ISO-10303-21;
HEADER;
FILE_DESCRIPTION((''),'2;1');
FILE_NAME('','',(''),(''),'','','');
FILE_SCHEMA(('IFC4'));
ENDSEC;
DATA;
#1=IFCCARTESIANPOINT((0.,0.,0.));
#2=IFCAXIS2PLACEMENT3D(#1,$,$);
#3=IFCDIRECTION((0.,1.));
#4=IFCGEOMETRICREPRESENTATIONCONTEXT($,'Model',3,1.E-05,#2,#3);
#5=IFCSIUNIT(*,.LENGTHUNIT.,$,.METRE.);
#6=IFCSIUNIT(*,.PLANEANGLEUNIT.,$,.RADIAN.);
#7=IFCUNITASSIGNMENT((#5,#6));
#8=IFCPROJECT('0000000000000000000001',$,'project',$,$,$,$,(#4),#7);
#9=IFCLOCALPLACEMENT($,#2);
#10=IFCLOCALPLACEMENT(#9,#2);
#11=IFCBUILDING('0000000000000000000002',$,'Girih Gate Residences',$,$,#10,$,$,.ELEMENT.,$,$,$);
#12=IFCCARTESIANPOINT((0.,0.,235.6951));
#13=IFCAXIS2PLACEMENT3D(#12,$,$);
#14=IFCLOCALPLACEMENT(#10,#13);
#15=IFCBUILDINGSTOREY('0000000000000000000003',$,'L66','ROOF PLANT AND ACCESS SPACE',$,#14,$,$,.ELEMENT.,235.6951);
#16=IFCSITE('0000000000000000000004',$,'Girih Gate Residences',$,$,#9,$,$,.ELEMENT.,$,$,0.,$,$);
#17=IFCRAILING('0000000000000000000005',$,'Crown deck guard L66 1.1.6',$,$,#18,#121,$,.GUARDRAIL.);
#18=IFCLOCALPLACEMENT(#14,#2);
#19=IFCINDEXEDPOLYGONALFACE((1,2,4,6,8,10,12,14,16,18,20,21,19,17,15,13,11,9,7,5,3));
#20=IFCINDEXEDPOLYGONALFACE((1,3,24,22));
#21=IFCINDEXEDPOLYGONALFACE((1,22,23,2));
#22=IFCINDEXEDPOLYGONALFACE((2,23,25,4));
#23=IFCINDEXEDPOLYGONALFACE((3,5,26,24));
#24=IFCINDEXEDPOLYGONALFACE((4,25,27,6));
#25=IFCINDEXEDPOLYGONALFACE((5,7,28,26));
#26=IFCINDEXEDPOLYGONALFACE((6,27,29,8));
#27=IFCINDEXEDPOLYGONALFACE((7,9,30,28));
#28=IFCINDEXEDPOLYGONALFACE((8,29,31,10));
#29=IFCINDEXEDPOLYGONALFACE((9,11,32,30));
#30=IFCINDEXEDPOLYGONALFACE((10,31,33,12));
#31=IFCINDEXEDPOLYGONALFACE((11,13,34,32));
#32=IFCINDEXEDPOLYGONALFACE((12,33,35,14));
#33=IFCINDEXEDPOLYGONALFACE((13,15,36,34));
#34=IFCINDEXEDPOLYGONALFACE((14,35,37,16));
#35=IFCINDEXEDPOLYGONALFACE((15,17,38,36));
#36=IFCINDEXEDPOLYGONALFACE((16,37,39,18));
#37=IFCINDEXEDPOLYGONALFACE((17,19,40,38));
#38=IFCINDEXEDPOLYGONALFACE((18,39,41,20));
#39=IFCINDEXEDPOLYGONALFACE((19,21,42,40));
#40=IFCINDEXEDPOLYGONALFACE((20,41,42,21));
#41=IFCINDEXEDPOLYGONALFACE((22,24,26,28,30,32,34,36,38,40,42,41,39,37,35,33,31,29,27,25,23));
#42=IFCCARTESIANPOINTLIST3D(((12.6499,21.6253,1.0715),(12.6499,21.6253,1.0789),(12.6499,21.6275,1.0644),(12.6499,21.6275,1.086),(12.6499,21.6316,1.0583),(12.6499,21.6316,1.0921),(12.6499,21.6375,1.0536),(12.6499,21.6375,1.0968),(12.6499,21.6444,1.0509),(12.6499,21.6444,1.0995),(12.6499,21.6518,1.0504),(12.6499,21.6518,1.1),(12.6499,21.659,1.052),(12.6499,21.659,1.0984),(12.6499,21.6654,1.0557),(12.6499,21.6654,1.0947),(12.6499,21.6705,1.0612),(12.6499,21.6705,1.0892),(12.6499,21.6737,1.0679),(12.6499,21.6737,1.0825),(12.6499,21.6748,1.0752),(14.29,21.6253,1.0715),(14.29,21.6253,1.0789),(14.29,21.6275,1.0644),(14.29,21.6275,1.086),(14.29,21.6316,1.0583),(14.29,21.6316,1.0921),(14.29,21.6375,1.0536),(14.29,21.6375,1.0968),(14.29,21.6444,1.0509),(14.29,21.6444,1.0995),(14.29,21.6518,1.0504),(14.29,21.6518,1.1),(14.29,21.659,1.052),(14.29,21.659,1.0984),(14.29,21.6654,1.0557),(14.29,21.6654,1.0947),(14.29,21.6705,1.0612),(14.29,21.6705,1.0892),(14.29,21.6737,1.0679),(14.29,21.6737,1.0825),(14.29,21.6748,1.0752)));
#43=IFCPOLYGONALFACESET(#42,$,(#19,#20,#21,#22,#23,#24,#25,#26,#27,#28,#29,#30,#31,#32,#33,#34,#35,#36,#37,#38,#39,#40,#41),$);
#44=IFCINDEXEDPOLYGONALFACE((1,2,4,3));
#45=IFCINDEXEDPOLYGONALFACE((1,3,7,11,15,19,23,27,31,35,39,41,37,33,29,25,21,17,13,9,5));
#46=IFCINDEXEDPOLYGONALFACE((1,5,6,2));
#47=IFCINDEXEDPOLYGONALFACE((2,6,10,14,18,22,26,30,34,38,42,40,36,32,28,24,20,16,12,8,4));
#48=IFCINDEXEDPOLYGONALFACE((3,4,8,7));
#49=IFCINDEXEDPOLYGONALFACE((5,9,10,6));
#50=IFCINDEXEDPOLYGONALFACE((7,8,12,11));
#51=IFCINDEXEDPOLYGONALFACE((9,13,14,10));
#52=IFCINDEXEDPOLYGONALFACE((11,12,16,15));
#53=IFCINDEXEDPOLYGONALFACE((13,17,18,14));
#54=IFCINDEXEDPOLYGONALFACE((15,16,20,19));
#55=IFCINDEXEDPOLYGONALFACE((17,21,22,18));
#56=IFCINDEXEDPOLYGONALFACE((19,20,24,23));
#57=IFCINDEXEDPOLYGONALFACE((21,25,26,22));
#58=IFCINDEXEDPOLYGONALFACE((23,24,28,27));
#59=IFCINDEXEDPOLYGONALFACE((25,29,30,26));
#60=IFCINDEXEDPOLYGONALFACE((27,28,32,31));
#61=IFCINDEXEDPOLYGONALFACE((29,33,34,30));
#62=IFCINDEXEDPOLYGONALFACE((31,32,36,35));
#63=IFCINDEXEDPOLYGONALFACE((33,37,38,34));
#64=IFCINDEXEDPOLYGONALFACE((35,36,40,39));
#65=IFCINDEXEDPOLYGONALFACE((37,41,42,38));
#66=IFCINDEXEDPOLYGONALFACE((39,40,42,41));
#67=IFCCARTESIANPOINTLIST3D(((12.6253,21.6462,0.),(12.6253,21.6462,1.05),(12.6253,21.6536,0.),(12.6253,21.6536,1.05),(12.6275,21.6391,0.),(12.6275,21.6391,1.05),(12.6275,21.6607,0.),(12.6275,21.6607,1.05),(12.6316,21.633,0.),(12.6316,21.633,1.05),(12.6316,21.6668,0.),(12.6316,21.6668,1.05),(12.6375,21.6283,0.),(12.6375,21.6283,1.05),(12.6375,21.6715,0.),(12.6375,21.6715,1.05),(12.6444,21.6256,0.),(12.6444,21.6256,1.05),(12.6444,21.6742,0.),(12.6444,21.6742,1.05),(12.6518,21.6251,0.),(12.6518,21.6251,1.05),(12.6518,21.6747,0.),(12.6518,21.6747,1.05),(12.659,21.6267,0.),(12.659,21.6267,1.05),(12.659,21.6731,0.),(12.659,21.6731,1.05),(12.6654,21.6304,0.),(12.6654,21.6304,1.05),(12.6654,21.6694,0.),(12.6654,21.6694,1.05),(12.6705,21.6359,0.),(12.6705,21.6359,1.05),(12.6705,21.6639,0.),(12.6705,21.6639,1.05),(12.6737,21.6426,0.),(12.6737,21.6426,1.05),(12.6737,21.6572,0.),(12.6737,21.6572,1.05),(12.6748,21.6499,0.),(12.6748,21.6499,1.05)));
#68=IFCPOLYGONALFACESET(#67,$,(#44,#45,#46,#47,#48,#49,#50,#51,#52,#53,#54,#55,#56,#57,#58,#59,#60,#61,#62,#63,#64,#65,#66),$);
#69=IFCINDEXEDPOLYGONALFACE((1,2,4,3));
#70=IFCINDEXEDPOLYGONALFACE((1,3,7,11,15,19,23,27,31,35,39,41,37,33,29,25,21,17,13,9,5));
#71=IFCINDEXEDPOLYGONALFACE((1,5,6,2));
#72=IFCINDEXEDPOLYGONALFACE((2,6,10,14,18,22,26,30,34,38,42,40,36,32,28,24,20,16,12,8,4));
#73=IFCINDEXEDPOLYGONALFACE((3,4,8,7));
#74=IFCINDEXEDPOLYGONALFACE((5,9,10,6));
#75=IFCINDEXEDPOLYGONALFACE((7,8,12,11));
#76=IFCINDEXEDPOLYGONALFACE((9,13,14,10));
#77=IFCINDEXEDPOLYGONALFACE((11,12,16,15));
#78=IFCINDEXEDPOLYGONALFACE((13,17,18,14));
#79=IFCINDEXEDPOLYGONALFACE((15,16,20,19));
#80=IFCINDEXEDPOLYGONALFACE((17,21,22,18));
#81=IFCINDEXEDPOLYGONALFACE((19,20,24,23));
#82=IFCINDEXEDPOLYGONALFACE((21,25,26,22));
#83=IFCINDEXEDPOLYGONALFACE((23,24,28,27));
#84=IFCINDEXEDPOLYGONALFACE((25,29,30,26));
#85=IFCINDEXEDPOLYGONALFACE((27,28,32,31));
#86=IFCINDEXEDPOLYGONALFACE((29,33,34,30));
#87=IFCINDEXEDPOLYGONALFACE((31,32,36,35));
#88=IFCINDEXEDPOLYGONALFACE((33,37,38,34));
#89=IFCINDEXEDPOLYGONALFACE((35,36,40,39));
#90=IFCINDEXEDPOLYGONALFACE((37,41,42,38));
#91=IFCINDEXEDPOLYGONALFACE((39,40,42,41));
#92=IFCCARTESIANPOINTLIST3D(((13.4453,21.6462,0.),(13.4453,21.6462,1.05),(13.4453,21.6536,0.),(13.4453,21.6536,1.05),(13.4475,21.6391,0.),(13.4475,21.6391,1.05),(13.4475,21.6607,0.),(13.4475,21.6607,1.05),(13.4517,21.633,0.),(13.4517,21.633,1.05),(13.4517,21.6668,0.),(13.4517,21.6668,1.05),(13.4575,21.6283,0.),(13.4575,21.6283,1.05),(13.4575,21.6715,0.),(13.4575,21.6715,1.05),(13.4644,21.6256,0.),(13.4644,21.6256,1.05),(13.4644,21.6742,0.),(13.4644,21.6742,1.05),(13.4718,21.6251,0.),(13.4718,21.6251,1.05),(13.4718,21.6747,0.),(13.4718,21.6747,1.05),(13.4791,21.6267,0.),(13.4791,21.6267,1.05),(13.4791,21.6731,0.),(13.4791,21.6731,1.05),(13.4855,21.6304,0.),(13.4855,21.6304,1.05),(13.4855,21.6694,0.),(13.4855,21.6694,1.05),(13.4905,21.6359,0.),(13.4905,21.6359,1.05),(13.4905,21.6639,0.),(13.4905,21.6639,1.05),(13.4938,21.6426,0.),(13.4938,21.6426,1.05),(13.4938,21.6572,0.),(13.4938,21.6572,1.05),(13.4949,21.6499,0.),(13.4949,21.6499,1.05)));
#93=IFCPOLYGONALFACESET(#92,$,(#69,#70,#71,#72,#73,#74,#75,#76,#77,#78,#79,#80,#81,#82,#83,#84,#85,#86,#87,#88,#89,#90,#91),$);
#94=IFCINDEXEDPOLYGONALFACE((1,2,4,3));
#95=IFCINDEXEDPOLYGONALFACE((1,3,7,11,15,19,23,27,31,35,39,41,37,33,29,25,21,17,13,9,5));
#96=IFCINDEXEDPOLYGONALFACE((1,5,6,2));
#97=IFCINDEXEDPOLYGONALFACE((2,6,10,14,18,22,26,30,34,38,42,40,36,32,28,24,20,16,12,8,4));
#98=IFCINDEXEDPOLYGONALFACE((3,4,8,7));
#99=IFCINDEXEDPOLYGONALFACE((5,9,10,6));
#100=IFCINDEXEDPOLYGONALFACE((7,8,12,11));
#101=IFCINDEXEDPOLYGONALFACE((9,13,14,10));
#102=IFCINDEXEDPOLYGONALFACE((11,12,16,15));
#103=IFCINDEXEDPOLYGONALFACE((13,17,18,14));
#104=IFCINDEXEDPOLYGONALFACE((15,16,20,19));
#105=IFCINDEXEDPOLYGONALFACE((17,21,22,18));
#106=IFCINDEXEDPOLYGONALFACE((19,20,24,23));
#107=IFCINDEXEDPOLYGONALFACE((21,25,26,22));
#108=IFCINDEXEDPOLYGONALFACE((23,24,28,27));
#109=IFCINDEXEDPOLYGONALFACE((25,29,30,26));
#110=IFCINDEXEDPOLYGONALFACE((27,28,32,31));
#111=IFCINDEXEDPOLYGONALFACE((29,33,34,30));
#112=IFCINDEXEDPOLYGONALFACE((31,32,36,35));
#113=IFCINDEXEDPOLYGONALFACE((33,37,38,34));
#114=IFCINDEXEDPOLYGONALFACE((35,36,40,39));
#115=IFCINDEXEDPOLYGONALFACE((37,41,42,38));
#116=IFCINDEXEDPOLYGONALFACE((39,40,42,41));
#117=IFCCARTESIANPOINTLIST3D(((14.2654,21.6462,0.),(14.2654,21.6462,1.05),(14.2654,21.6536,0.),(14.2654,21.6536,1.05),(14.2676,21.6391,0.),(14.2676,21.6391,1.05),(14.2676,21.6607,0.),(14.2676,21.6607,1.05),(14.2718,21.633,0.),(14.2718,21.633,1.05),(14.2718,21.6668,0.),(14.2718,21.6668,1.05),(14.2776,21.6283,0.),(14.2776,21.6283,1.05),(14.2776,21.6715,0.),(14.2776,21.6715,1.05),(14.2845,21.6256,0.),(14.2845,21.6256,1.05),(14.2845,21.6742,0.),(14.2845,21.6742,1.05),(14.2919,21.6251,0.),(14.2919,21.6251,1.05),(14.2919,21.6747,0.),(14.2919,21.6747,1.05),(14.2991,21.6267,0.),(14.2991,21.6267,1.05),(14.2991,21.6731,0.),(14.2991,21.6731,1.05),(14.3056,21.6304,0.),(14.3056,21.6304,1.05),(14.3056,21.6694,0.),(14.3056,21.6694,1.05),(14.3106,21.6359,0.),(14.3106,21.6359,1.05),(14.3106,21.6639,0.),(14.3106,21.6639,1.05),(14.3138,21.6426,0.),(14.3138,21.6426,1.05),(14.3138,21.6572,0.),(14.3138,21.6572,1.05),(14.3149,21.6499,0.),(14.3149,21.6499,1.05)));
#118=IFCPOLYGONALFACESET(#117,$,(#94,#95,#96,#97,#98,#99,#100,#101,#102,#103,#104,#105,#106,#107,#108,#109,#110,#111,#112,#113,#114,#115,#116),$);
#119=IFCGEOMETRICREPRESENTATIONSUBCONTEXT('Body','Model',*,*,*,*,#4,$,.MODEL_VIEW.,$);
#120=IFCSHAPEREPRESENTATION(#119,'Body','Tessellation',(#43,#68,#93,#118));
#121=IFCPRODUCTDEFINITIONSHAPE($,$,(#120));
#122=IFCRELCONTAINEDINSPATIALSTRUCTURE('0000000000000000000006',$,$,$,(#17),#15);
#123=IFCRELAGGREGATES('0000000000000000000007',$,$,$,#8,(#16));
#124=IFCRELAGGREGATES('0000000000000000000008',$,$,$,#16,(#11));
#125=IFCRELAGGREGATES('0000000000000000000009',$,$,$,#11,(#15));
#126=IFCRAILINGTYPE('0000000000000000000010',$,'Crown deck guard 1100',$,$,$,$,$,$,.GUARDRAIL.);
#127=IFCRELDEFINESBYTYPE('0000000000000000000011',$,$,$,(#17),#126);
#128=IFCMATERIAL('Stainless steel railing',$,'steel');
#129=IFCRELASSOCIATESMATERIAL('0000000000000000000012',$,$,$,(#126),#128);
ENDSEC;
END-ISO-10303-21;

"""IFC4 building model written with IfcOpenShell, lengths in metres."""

from ifc_helpers import new_model, si_unit, direction, frame, origin, origin_2d, place, context, subcontext, project, spatial, circle, extrude, material, type_object, element, save


model = new_model("IFC4")

# Units and contexts
model_context = context("Model", 3, precision=1e-05, world=origin(), true_north=direction((0.0, 1.0)))
body_context = subcontext(model_context, "Body", "Model", "MODEL_VIEW")
ifc_project = project(units=[si_unit("LENGTHUNIT", "METRE"), si_unit("PLANEANGLEUNIT", "RADIAN")], contexts=[model_context])

# Site, building, storey
site_placement = place(None, origin())
site = spatial("IfcSite", under=ifc_project, at=site_placement, Name="Girih Gate Residences", CompositionType="ELEMENT", RefElevation=0.0)
building_placement = place(site_placement, origin())
building = spatial("IfcBuilding", under=site, at=building_placement, Name="Girih Gate Residences", CompositionType="ELEMENT")
storey_placement = place(building_placement, frame((0.0, 0.0, 235.6951)))
storey = spatial("IfcBuildingStorey", under=building, at=storey_placement, Name="L66", Description="ROOF PLANT AND ACCESS SPACE", CompositionType="ELEMENT", Elevation=235.6951)

# Railing
ifc_material_1 = material(Name="Stainless steel railing", Category="steel")
railing_type = type_object("IfcRailingType", Name="Crown deck guard 1100", PredefinedType="GUARDRAIL", material=ifc_material_1)
railing_1_placement = place(storey_placement, frame((12.6499, 21.6499, 0.0)))
element("IfcRailing", 1, at=railing_1_placement, inside=storey, type_object=railing_type, Name="Crown deck guard L66 1.1.6", PredefinedType="GUARDRAIL", context=body_context, shape_type="SweptSolid", body=[
    extrude(circle(Radius=0.0249, at=origin_2d()), frame((0.0, 0.0, 1.0752), z_axis=(1.0, 0.0, 0.0), x_axis=(0.0, 1.0, 0.0)), (0.0, 0.0, 1.0), 1.6401),
    extrude(circle(Radius=0.0249, at=origin_2d()), origin(), (0.0, 0.0, 1.0), 1.05),
    extrude(circle(Radius=0.0249, at=origin_2d()), frame((0.8201, 0.0, 0.0)), (0.0, 0.0, 1.0), 1.05),
    extrude(circle(Radius=0.0249, at=origin_2d()), frame((1.6401, 0.0, 0.0)), (0.0, 0.0, 1.0), 1.05),
])

save(model, "model.ifc")
